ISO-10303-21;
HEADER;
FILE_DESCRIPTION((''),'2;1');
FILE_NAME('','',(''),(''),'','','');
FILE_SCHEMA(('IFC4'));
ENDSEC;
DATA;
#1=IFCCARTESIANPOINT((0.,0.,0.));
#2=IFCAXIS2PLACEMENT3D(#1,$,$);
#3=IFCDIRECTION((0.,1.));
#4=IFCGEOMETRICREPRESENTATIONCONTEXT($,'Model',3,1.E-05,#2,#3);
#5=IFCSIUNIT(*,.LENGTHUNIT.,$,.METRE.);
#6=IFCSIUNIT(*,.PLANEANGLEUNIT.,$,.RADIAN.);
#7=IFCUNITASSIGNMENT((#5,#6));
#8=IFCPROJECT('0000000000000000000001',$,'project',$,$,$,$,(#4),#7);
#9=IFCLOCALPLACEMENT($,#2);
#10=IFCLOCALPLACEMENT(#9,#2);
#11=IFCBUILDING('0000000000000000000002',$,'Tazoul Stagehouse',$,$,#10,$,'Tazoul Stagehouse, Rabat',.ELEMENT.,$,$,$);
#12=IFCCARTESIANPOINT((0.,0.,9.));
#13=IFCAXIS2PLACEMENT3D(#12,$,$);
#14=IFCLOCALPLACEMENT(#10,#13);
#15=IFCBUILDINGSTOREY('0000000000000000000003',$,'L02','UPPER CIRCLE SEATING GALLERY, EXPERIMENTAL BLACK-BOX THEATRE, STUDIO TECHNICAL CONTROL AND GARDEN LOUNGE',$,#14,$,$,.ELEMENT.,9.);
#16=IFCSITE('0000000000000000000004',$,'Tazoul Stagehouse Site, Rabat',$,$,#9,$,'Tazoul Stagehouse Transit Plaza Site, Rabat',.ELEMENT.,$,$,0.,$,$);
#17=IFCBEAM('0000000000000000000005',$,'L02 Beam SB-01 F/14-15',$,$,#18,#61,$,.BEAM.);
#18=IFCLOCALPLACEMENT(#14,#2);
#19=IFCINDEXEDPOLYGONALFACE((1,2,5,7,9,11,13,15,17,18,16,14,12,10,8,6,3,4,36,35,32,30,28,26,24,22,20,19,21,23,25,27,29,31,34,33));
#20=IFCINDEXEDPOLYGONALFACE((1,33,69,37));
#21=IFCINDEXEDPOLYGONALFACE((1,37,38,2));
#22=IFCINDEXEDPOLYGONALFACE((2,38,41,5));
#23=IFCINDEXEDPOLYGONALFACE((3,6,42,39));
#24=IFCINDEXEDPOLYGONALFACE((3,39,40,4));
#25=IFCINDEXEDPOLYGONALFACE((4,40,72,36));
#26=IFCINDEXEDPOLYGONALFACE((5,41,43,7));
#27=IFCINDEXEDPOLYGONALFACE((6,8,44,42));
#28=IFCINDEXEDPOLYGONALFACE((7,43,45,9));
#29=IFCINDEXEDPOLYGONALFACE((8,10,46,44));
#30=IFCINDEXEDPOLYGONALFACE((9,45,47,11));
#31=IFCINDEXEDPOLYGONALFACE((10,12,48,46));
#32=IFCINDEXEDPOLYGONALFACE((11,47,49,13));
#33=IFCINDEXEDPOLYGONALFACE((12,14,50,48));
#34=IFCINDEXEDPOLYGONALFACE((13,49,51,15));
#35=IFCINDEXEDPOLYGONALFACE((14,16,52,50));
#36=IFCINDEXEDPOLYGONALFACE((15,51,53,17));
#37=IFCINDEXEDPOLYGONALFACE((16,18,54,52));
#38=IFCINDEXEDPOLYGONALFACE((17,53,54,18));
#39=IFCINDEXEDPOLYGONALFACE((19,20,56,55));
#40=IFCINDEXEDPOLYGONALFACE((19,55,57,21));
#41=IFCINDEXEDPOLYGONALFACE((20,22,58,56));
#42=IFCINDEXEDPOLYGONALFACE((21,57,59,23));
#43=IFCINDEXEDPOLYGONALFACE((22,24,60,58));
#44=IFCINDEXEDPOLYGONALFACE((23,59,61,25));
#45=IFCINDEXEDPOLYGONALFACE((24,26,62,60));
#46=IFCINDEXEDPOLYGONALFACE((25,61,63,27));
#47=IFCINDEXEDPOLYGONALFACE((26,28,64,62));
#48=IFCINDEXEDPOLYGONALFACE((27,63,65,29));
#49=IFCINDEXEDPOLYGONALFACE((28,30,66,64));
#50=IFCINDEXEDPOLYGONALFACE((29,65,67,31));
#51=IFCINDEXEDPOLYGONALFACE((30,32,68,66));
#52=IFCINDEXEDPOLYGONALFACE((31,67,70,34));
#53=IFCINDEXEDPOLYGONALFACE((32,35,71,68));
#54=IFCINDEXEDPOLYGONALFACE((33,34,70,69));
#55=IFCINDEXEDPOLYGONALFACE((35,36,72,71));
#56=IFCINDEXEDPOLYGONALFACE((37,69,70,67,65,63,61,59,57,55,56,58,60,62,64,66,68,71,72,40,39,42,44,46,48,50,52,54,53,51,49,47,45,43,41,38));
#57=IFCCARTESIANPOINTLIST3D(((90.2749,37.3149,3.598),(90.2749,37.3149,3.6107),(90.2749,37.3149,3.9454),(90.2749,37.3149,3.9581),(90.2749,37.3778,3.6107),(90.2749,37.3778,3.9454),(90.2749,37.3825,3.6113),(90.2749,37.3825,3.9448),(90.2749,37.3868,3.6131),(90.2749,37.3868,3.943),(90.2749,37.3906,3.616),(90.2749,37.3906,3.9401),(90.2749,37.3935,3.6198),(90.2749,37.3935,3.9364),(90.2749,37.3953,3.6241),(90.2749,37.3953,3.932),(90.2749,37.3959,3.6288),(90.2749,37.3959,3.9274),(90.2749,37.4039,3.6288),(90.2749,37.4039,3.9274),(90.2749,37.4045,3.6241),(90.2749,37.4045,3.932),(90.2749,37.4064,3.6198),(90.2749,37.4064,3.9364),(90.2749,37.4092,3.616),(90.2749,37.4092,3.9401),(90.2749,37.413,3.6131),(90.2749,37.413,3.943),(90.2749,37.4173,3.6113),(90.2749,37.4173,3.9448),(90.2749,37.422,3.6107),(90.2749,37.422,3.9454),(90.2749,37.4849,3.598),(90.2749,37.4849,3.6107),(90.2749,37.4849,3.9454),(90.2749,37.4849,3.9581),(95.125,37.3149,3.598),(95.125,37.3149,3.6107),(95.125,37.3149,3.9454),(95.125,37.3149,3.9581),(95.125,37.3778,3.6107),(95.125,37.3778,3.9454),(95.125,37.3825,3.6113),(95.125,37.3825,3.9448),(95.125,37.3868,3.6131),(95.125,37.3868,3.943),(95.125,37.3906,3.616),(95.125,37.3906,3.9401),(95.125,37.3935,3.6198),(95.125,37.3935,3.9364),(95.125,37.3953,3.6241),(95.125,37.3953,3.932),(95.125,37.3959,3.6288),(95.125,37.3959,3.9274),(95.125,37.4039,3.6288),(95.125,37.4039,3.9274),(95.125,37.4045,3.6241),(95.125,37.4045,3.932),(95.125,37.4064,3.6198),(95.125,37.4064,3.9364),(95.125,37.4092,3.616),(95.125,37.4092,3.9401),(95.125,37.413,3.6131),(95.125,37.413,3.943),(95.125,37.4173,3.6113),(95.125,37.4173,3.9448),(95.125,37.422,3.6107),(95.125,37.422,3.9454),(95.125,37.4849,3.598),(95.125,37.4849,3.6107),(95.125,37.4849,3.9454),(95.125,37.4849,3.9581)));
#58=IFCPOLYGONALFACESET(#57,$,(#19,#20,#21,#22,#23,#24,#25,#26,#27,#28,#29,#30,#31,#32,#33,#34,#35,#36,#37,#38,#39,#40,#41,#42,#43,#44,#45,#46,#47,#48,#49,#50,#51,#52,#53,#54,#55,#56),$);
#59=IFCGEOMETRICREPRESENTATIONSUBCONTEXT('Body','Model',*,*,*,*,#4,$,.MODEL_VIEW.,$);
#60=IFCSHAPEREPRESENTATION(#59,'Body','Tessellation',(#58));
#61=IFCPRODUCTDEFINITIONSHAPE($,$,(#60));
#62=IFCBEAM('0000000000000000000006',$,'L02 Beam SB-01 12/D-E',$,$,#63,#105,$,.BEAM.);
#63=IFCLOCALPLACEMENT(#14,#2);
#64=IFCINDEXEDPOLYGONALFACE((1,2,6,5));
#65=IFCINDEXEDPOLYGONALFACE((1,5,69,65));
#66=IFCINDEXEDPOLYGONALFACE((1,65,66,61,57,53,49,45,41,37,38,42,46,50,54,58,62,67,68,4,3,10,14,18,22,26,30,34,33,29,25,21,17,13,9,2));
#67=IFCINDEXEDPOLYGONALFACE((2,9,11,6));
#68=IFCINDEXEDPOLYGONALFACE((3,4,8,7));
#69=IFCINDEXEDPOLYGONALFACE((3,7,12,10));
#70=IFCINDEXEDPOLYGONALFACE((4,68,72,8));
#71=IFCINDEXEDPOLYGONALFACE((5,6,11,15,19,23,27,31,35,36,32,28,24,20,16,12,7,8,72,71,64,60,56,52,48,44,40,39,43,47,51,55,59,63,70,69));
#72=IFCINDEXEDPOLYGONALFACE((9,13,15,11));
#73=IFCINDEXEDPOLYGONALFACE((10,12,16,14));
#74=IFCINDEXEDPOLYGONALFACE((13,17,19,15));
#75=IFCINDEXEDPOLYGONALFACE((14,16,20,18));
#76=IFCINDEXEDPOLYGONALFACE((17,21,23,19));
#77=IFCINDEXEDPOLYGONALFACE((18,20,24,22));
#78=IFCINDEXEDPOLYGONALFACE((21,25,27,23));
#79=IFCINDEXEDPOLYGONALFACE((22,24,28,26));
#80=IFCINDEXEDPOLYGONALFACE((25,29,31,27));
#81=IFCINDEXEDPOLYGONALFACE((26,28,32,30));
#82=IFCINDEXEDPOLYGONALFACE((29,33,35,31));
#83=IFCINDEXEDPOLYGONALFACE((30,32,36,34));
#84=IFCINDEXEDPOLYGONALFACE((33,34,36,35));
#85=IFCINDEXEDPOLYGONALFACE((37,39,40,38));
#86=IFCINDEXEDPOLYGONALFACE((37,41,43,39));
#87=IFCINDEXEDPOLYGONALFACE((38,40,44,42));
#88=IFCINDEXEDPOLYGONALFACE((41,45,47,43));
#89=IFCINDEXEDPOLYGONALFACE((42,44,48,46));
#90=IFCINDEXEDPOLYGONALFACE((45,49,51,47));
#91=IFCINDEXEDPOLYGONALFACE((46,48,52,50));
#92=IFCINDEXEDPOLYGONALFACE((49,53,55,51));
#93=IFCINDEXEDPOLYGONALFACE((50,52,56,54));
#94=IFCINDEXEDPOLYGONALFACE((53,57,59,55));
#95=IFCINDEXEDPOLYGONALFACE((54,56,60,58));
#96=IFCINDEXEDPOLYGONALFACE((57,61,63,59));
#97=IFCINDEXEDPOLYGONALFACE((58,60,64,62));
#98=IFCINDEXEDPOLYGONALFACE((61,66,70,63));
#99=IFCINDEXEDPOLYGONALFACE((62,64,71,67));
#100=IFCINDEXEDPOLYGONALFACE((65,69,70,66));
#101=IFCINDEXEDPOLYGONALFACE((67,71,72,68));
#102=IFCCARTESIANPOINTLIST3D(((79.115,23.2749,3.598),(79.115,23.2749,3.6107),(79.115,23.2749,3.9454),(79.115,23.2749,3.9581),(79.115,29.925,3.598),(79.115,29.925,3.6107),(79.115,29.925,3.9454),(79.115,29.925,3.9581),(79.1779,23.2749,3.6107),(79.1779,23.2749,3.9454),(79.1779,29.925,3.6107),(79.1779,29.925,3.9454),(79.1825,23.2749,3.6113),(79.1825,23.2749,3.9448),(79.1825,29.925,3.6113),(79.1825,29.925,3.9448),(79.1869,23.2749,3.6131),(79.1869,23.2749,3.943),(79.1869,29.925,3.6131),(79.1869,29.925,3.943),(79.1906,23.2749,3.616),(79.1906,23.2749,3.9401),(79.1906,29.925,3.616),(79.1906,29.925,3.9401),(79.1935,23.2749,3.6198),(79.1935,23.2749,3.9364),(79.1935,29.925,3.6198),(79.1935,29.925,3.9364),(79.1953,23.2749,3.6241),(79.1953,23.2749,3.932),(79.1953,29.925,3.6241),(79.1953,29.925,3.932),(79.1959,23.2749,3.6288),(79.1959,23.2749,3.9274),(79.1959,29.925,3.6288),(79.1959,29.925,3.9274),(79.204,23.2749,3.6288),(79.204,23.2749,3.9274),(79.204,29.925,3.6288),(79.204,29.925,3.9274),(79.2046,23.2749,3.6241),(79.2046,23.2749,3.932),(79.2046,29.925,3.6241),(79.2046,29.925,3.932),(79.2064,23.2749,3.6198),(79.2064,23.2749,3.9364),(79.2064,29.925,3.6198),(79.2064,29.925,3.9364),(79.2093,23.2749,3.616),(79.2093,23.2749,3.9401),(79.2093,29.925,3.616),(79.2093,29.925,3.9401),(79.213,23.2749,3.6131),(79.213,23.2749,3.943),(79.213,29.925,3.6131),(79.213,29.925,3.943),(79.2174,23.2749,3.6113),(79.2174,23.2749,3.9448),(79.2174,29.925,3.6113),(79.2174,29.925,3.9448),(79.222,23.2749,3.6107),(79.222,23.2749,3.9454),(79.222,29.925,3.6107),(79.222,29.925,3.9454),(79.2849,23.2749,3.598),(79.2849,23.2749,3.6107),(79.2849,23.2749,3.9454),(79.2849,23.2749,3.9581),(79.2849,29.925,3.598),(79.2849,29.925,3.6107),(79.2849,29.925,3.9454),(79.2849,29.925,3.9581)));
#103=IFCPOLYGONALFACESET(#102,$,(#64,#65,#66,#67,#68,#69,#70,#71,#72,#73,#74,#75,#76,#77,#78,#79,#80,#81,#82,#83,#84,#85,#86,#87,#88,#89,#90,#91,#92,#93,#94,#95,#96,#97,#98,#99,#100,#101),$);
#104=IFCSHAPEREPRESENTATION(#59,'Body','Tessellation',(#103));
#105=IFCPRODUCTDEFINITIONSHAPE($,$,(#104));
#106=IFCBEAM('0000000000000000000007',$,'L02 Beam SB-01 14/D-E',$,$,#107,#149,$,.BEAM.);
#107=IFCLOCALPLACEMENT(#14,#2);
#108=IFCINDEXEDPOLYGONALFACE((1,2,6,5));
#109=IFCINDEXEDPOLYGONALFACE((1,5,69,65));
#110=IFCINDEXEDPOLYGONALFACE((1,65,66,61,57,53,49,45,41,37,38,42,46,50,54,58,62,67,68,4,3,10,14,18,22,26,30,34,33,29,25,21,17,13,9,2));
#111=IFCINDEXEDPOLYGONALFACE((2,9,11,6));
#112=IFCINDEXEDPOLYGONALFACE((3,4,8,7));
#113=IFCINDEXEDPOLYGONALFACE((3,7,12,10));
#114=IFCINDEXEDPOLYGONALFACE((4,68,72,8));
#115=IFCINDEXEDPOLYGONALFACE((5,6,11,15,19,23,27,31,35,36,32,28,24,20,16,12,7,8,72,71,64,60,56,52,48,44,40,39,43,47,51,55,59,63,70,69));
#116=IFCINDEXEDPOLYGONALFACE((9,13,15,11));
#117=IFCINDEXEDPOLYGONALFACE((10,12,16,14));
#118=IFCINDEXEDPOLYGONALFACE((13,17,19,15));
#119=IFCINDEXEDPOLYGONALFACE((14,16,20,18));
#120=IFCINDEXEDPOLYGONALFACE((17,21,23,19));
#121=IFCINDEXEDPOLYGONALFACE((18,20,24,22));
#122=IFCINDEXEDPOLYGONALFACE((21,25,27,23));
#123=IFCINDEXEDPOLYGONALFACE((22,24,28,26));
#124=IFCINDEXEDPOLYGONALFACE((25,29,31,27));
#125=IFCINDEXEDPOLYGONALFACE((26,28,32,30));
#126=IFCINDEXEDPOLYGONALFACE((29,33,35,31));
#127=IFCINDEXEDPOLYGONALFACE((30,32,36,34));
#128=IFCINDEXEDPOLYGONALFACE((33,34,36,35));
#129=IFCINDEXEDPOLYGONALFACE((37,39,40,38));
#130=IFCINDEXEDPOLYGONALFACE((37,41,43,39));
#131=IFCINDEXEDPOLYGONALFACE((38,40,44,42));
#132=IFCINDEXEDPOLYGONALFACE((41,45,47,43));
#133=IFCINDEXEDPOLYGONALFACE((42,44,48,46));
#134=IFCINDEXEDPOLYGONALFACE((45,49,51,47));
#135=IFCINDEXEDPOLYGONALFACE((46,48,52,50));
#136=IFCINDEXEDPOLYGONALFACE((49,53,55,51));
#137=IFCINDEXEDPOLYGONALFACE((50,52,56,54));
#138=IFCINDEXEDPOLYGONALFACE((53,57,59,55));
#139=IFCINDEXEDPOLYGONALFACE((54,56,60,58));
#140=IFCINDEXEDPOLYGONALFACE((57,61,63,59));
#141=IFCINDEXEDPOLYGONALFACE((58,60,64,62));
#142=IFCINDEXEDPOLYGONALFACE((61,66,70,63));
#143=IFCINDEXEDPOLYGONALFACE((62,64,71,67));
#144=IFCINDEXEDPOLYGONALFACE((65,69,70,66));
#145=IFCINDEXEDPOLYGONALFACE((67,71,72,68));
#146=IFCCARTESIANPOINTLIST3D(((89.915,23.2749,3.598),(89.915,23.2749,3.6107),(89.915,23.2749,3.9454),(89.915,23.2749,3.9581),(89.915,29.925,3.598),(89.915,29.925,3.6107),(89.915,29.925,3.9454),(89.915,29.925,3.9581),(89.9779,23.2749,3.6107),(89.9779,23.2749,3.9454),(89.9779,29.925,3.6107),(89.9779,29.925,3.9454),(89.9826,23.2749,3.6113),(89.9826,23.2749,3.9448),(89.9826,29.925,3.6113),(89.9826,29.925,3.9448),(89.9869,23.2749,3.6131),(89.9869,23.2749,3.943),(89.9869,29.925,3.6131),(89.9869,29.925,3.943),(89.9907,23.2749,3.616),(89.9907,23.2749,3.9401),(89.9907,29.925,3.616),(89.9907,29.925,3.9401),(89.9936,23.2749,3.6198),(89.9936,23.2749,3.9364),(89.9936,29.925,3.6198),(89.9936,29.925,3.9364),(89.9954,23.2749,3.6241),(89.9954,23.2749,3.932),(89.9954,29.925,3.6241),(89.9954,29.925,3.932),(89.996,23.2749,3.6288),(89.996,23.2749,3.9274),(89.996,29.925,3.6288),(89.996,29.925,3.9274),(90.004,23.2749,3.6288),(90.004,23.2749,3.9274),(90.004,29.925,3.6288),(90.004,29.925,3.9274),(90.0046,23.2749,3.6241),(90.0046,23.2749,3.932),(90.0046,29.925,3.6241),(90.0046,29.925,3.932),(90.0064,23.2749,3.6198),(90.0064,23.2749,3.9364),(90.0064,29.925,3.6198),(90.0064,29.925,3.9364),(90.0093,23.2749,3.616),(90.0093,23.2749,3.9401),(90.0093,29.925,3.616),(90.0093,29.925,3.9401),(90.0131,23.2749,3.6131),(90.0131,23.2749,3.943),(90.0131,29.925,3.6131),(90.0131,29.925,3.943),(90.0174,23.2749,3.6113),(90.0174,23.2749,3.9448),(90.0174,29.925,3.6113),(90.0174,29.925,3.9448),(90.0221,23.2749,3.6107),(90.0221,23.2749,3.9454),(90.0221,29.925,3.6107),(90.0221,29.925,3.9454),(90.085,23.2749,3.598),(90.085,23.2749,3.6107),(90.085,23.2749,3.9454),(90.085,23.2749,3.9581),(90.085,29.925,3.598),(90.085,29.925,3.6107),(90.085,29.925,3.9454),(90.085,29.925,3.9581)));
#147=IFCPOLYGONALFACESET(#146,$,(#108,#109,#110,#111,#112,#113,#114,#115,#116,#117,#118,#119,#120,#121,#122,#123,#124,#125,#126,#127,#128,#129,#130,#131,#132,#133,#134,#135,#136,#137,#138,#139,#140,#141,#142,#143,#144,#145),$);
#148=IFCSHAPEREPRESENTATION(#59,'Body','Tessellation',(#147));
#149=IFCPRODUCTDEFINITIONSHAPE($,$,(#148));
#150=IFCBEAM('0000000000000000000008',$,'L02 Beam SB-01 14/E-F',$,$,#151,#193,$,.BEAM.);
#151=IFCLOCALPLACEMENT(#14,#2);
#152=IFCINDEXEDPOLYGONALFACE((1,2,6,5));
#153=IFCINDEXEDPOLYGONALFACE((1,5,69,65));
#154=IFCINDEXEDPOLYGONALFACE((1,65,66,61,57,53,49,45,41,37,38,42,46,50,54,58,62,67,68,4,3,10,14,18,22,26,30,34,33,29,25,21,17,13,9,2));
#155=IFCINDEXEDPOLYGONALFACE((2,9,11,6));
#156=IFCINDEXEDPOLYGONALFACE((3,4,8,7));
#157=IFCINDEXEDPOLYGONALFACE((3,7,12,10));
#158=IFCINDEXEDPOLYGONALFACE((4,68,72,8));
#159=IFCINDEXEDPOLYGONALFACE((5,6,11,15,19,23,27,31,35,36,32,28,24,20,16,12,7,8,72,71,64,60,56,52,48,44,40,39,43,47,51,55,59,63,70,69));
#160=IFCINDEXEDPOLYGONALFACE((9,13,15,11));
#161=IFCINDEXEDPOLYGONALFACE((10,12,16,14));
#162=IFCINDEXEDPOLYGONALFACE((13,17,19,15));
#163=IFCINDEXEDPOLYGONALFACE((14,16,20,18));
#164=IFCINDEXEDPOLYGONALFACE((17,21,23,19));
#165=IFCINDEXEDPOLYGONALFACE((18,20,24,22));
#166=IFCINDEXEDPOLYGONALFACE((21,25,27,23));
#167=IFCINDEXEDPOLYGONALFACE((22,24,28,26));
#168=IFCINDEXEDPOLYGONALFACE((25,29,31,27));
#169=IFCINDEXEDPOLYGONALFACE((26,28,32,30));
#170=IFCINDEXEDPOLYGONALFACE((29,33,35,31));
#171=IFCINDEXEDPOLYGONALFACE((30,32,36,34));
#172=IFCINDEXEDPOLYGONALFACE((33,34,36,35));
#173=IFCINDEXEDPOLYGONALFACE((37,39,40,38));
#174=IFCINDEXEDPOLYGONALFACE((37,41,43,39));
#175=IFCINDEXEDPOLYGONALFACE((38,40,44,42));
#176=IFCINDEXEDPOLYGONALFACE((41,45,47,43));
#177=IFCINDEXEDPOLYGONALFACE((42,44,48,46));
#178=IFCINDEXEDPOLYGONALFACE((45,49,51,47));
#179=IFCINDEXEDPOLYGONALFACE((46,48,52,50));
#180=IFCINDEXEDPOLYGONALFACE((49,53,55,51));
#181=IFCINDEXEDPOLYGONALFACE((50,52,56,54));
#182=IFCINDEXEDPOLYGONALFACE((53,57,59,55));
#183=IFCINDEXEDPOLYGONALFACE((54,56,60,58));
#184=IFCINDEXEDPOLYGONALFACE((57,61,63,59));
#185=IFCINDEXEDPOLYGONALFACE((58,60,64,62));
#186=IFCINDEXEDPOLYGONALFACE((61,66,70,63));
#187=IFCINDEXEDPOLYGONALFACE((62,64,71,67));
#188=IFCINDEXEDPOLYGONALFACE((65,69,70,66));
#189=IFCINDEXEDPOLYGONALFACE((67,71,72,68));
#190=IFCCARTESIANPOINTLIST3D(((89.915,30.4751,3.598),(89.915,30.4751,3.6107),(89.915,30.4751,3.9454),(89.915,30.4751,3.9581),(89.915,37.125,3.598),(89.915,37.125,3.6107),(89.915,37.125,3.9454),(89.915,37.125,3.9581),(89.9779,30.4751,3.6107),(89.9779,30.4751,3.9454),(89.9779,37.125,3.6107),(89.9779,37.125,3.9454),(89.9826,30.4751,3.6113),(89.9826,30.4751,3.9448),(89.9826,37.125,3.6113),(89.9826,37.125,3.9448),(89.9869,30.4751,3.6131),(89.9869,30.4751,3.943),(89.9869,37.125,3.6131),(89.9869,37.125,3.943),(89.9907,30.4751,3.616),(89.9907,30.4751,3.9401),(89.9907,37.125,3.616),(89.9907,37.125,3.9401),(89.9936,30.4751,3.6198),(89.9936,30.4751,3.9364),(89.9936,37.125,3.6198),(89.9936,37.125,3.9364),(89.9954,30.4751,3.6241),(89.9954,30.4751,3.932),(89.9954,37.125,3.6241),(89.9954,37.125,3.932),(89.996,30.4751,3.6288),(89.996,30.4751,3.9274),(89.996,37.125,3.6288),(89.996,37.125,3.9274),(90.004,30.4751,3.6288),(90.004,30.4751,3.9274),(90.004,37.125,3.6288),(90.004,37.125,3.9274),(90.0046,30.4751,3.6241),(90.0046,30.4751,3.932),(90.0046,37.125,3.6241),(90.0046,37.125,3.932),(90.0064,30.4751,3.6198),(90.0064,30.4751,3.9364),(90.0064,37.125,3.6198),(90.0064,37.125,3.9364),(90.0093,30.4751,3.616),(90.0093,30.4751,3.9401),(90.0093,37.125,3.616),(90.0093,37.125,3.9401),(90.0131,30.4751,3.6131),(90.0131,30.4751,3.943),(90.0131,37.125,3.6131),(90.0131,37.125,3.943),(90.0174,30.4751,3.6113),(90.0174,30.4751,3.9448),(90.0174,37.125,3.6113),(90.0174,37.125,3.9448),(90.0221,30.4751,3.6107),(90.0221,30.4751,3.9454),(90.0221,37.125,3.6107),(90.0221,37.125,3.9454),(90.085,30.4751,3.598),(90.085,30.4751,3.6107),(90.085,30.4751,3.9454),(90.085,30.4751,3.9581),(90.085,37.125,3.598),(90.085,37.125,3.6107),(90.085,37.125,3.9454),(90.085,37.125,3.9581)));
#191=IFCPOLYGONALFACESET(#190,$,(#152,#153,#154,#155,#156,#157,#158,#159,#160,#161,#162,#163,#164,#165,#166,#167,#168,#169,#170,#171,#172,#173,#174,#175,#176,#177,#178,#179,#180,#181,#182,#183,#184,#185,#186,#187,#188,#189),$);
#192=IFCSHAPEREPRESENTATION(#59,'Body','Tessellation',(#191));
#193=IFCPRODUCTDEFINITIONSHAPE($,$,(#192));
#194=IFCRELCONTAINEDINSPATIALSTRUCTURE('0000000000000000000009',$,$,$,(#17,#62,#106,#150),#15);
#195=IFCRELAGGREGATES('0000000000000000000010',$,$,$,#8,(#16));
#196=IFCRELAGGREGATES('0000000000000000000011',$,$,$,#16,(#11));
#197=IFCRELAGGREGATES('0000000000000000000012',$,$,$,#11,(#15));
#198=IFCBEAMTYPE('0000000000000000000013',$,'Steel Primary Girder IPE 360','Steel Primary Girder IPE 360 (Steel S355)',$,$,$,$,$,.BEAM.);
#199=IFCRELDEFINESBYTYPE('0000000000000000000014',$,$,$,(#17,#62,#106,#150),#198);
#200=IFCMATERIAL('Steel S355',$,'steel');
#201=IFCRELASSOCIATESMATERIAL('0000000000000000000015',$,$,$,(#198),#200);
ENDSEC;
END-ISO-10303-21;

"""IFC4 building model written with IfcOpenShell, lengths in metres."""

from ifc_helpers import new_model, si_unit, direction, frame, origin, origin_2d, place, context, subcontext, project, spatial, i_section, extrude, material, material_profile, profile_set, type_object, element, save


model = new_model("IFC4")

# Units and contexts
model_context = context("Model", 3, precision=1e-05, world=origin(), true_north=direction((0.0, 1.0)))
body_context = subcontext(model_context, "Body", "Model", "MODEL_VIEW")
ifc_project = project(units=[si_unit("LENGTHUNIT", "METRE"), si_unit("PLANEANGLEUNIT", "RADIAN")], contexts=[model_context])

# Site, building, storey
site_placement = place(None, origin())
site = spatial("IfcSite", under=ifc_project, at=site_placement, Name="Tazoul Stagehouse Site, Rabat", LongName="Tazoul Stagehouse Transit Plaza Site, Rabat", CompositionType="ELEMENT", RefElevation=0.0)
building_placement = place(site_placement, origin())
building = spatial("IfcBuilding", under=site, at=building_placement, Name="Tazoul Stagehouse", LongName="Tazoul Stagehouse, Rabat", CompositionType="ELEMENT")
storey_placement = place(building_placement, frame((0.0, 0.0, 9.0)))
storey = spatial("IfcBuildingStorey", under=building, at=storey_placement, Name="L02", Description="UPPER CIRCLE SEATING GALLERY, EXPERIMENTAL BLACK-BOX THEATRE, STUDIO TECHNICAL CONTROL AND GARDEN LOUNGE", CompositionType="ELEMENT", Elevation=9.0)

# Beams
ifc_material_1 = material(Name="Steel S355", Category="steel")
ifc_material_profile_1 = material_profile(ifc_material_1, i_section(OverallWidth=0.1699, OverallDepth=0.3601, WebThickness=0.0081, FlangeThickness=0.0127, FilletRadius=0.0181, at=origin_2d()), Name="IPE 360")
ifc_profile_set_1 = profile_set([ifc_material_profile_1], Name="Steel S355")
beam_type_1 = type_object("IfcBeamType", Name="Steel Primary Girder IPE 360", Description="Steel Primary Girder IPE 360 (Steel S355)", PredefinedType="BEAM", material=ifc_profile_set_1)
for number, where, z_axis, x_axis, name in (
    (1, (90.2749, 37.3999, 3.7781), (1.0, 0.0, 0.0), (0.0, 1.0, 0.0), "L02 Beam SB-01 F/14-15"),
):
    element("IfcBeam", number, at=place(storey_placement, frame(where, z_axis=z_axis, x_axis=x_axis)), inside=storey, type_object=beam_type_1, Name=name, PredefinedType="BEAM", context=body_context, shape_type="SweptSolid", body=[
        extrude(i_section(OverallWidth=0.1699, OverallDepth=0.3601, WebThickness=0.0081, FlangeThickness=0.0127, FilletRadius=0.0181, at=origin_2d()), origin(), (0.0, 0.0, 1.0), 4.8501),
    ])
for number, where, z_axis, x_axis, name in (
    (2, (79.2, 23.2749, 3.7781), (0.0, 1.0, 0.0), (-1.0, 0.0, 0.0), "L02 Beam SB-01 12/D-E"),
    (3, (90.0, 23.2749, 3.7781), (0.0, 1.0, 0.0), (-1.0, 0.0, 0.0), "L02 Beam SB-01 14/D-E"),
):
    element("IfcBeam", number, at=place(storey_placement, frame(where, z_axis=z_axis, x_axis=x_axis)), inside=storey, type_object=beam_type_1, Name=name, PredefinedType="BEAM", context=body_context, shape_type="SweptSolid", body=[
        extrude(i_section(OverallWidth=0.1699, OverallDepth=0.3601, WebThickness=0.0081, FlangeThickness=0.0127, FilletRadius=0.0181, at=origin_2d()), origin(), (0.0, 0.0, 1.0), 6.6501),
    ])
beam_1_placement = place(storey_placement, frame((90.0, 30.4751, 3.7781), z_axis=(0.0, 1.0, 0.0), x_axis=(-1.0, 0.0, 0.0)))
element("IfcBeam", 4, at=beam_1_placement, inside=storey, type_object=beam_type_1, Name="L02 Beam SB-01 14/E-F", PredefinedType="BEAM", context=body_context, shape_type="SweptSolid", body=[
    extrude(i_section(OverallWidth=0.1699, OverallDepth=0.3601, WebThickness=0.0081, FlangeThickness=0.0127, FilletRadius=0.0181, at=origin_2d()), origin(), (0.0, 0.0, 1.0), 6.6499),
])

save(model, "model.ifc")
